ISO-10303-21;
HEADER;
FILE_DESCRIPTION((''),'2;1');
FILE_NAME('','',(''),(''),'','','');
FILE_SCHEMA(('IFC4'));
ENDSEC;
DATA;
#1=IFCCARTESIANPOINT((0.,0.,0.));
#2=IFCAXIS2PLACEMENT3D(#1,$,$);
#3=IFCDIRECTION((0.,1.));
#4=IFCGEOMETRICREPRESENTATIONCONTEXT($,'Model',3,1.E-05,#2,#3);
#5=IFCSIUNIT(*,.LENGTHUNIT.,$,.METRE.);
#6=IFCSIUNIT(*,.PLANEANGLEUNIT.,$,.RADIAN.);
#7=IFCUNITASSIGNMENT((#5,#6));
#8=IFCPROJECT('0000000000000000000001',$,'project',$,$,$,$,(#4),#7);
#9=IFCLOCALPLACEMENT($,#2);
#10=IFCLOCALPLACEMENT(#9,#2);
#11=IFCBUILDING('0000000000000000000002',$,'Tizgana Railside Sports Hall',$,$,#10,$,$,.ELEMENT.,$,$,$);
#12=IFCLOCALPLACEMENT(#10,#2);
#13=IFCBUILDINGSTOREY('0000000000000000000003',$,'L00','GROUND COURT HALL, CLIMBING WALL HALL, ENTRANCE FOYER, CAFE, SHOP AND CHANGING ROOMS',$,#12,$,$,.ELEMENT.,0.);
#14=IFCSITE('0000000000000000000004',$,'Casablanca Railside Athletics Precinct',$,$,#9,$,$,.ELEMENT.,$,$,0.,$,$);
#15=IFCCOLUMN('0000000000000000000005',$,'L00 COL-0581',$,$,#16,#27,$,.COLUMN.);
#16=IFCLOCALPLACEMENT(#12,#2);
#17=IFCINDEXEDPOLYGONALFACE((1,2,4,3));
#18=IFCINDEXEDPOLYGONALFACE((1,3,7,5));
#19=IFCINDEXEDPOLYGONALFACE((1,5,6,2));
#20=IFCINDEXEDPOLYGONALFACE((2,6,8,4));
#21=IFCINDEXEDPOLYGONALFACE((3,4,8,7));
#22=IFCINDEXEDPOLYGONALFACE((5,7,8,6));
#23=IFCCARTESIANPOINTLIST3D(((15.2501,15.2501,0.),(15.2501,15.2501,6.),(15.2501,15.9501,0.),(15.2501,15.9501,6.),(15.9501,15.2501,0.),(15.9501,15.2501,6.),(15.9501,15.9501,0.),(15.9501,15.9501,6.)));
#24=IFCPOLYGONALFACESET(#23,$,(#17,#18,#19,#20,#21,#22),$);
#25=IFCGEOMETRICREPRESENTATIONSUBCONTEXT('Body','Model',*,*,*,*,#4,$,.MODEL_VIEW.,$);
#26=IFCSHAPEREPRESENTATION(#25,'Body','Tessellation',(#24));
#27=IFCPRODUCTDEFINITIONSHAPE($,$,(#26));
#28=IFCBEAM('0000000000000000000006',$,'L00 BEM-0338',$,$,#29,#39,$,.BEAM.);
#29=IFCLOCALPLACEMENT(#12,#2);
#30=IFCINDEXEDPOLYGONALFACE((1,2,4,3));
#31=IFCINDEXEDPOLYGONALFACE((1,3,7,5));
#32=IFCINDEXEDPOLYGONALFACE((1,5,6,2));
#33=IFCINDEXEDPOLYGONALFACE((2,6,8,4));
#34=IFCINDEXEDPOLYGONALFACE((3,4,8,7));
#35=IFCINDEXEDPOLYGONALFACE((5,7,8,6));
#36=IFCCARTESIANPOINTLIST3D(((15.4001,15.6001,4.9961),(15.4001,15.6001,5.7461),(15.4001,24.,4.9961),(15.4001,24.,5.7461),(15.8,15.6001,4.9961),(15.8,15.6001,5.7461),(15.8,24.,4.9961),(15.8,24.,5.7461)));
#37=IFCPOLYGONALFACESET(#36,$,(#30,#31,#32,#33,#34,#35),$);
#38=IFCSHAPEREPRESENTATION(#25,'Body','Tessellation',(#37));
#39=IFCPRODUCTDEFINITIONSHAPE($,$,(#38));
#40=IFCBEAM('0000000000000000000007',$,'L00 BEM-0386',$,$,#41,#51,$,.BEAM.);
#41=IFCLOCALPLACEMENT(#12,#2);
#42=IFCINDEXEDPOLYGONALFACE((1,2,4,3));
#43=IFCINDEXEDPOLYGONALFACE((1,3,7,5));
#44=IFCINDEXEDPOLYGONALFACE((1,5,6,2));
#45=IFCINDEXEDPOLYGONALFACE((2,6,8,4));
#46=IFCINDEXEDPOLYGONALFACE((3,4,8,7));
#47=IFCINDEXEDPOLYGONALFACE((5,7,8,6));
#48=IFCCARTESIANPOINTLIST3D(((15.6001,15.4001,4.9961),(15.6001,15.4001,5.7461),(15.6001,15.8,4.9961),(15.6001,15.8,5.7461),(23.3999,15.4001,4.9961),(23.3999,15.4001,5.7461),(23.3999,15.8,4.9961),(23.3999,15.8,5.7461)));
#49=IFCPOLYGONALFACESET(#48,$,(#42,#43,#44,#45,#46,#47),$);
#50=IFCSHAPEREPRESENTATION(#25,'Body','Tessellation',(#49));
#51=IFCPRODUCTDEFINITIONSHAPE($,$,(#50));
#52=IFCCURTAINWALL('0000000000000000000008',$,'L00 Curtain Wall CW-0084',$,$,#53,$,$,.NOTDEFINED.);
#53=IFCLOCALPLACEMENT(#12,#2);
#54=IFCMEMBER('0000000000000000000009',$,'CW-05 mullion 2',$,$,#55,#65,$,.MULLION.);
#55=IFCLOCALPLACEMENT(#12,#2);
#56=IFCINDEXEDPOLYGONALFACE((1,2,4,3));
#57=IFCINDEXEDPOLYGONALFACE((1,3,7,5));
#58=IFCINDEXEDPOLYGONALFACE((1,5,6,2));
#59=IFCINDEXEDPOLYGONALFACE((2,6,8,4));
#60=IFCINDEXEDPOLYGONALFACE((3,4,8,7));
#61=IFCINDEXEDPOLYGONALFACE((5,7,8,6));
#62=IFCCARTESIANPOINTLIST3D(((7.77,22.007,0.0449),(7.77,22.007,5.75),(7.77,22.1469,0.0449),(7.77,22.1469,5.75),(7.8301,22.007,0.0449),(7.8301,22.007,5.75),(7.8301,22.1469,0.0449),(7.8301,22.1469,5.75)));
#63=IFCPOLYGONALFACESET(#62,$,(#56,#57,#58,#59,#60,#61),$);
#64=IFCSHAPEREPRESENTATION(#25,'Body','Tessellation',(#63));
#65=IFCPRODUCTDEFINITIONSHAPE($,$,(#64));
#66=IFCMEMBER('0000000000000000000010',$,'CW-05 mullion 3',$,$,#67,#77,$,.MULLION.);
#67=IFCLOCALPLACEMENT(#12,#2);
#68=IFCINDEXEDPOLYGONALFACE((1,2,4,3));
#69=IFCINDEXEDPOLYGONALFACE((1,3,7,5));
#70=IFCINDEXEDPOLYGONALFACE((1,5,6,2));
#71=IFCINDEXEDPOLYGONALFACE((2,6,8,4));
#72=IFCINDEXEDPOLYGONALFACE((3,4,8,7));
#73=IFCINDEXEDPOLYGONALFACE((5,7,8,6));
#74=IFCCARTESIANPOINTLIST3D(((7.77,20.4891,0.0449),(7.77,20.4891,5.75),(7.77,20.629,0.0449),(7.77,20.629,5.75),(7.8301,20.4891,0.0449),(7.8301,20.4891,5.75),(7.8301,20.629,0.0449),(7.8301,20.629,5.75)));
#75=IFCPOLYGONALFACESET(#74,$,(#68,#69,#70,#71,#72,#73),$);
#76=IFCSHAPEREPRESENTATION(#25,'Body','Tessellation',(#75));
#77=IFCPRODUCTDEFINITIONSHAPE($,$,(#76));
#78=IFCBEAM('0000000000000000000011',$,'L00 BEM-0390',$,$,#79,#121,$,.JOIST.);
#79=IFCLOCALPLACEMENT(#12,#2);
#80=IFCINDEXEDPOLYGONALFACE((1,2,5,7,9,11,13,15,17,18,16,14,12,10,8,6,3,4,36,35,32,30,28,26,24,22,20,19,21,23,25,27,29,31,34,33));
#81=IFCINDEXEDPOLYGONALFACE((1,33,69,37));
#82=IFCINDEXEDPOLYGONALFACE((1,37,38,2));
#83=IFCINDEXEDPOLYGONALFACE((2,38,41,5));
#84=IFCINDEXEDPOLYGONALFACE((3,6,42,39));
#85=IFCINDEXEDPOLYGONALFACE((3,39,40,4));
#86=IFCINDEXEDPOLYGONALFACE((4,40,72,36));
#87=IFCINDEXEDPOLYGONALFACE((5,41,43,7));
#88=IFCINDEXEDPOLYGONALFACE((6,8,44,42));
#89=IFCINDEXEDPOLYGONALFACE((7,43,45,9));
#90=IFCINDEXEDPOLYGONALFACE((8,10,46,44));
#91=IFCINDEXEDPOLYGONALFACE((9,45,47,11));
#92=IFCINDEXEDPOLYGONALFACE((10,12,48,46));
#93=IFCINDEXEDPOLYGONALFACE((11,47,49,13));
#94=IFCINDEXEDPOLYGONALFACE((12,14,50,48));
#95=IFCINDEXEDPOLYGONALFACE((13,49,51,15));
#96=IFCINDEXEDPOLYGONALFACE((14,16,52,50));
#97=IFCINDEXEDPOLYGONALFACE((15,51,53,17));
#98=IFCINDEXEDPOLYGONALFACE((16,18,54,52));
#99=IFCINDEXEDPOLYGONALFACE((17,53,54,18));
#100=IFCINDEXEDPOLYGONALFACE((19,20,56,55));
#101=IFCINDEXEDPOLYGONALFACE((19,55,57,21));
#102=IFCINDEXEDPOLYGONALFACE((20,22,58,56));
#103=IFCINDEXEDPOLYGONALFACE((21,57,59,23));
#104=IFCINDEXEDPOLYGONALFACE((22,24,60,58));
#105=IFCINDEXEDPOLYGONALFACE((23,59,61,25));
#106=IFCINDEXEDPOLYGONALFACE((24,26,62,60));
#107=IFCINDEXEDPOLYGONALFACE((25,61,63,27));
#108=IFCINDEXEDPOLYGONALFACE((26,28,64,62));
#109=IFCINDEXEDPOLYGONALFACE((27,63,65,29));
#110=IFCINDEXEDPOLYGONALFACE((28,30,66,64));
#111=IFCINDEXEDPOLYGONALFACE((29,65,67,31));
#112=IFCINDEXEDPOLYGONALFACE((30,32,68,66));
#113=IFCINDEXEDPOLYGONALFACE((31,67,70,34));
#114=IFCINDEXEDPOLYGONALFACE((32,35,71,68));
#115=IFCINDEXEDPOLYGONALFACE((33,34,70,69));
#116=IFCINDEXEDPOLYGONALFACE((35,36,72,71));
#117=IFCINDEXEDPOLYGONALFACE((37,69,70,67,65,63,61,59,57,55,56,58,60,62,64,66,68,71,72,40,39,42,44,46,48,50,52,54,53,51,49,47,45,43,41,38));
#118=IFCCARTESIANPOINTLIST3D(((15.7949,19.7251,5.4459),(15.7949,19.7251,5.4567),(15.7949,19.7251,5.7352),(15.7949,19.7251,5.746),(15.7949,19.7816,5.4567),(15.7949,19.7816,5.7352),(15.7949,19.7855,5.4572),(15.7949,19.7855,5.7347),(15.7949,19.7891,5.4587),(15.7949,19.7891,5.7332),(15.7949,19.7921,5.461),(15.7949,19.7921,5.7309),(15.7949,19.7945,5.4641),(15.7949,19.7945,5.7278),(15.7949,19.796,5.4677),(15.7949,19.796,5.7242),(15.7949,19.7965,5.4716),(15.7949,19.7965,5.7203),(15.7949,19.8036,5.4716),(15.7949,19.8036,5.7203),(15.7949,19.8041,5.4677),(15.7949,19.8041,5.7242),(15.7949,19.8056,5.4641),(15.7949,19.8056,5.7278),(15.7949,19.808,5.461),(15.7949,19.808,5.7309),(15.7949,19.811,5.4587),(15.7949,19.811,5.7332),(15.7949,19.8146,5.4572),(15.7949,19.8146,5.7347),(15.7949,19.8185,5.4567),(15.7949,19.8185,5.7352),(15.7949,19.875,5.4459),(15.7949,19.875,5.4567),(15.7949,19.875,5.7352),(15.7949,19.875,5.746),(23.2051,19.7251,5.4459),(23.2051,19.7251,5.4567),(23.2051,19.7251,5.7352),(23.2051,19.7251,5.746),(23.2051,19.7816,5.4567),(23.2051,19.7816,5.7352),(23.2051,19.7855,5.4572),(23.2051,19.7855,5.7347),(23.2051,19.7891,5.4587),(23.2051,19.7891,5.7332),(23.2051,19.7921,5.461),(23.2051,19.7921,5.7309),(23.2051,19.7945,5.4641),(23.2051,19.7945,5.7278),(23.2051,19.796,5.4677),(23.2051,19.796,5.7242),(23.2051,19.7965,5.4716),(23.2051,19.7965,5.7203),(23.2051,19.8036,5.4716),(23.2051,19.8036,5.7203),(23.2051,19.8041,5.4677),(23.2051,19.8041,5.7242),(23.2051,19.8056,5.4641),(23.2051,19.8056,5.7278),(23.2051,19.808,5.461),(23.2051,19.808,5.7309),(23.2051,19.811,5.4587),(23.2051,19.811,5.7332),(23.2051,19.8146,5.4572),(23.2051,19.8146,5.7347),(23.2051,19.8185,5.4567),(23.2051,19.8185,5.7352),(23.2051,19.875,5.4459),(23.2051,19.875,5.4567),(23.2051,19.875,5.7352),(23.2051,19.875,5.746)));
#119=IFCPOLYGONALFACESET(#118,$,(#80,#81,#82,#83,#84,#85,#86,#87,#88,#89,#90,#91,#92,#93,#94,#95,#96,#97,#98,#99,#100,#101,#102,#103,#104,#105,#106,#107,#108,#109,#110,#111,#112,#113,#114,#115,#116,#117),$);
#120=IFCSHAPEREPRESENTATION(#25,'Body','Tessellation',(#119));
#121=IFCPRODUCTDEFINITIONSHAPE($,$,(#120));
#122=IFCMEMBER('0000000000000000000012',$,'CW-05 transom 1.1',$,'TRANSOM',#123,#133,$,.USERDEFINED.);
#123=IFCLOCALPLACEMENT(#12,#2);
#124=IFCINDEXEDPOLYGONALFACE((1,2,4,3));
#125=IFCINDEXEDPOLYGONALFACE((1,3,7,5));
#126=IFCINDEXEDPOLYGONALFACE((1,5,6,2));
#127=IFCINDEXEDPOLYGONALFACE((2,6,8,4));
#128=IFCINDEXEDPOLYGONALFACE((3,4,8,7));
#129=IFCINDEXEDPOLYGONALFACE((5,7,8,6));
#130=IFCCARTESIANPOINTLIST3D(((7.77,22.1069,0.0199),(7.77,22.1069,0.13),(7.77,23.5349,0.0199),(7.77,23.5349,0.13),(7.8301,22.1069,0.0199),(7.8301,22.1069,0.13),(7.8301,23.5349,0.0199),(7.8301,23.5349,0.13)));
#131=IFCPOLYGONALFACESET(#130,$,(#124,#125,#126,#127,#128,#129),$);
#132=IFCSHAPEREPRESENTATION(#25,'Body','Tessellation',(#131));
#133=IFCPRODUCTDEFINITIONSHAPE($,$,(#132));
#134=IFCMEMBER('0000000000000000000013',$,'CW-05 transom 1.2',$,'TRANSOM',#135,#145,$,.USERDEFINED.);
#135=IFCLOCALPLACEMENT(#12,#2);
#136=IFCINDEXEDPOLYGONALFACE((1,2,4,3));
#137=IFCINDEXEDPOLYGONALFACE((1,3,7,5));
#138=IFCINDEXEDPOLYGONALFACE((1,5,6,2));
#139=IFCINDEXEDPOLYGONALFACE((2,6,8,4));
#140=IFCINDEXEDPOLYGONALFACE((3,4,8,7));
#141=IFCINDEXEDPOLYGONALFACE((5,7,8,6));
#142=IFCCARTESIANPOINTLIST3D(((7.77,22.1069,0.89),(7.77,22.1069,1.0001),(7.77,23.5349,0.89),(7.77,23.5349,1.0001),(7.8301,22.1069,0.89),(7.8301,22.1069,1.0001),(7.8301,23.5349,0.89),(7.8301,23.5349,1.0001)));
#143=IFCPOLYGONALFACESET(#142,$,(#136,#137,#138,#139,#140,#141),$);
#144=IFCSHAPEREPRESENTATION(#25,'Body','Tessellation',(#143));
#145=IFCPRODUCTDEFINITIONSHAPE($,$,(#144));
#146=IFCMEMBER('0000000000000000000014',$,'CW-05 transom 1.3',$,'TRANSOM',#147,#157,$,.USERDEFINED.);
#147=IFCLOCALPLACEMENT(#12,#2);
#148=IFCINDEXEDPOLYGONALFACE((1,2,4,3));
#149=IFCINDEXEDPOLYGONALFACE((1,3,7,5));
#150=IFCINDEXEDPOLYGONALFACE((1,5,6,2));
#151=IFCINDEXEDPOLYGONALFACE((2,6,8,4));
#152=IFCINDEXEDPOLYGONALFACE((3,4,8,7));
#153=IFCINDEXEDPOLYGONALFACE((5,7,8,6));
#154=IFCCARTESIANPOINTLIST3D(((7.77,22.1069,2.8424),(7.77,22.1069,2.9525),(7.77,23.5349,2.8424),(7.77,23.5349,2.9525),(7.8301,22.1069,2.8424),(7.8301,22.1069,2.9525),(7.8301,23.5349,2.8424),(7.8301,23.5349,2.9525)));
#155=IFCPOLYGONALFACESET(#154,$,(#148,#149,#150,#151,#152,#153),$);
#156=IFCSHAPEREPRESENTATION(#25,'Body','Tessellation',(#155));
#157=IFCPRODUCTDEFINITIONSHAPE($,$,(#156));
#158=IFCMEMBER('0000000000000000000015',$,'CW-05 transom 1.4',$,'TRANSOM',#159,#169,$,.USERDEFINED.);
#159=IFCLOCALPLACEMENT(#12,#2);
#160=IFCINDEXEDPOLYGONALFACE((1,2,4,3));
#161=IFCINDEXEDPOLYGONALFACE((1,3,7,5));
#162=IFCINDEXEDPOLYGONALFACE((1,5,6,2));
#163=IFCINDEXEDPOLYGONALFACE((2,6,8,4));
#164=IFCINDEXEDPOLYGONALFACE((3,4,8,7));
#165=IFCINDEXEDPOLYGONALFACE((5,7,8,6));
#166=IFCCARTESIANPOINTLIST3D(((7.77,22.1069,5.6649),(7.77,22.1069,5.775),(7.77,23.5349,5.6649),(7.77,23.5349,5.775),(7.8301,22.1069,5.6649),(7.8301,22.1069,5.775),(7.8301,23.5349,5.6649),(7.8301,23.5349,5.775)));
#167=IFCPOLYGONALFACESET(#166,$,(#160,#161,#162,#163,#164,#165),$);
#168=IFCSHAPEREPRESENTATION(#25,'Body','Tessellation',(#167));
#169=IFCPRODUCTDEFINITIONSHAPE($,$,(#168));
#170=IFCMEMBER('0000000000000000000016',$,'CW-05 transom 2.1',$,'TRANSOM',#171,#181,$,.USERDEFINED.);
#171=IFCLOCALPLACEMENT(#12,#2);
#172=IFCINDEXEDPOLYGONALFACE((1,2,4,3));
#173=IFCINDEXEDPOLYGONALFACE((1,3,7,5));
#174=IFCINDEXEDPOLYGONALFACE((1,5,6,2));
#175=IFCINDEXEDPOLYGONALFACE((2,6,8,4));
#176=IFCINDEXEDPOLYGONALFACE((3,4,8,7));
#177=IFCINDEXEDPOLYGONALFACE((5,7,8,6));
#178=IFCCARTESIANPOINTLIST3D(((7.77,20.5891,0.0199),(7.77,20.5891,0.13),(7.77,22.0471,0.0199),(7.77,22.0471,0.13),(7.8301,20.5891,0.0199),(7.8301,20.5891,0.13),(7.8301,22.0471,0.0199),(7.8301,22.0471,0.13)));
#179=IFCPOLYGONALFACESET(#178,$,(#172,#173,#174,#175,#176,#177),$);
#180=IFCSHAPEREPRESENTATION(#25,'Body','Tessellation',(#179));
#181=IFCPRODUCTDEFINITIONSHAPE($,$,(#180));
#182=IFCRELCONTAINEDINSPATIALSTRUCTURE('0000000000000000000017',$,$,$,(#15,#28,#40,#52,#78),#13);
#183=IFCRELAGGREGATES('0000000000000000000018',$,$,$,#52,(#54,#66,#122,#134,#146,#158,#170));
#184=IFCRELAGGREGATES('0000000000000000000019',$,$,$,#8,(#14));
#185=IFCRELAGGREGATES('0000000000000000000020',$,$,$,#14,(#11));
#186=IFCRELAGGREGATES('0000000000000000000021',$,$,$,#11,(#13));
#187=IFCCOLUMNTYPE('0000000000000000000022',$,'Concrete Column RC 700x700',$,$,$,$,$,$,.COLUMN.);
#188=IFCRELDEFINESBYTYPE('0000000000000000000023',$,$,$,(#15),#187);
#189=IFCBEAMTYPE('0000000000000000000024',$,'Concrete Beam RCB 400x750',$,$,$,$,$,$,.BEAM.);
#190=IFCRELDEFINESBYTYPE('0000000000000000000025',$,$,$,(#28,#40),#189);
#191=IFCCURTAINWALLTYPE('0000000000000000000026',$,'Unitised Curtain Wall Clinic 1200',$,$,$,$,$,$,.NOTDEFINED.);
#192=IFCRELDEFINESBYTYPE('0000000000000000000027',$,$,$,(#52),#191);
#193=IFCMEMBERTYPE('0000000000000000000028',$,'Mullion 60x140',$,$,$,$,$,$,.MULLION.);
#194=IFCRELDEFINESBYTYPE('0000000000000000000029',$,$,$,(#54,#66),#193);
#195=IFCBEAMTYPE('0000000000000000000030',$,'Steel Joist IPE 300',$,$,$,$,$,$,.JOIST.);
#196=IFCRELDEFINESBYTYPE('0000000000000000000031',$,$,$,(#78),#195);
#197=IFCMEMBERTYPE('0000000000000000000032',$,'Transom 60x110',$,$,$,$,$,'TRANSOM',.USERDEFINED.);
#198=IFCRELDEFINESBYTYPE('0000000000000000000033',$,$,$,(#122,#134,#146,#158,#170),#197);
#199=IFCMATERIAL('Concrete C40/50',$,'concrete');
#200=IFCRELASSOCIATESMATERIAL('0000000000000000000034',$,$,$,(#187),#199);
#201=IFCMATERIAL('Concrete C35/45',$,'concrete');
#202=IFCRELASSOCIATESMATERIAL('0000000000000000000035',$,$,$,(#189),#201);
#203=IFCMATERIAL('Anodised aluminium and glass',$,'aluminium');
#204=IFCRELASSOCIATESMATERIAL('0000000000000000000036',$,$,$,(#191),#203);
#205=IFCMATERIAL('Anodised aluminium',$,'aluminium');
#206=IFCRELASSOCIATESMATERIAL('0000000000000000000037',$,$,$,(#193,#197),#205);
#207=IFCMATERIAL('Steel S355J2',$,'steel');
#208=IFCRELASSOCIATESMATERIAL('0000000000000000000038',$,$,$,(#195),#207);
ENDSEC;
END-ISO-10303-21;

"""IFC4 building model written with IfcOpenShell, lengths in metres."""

from ifc_helpers import new_model, si_unit, direction, frame, origin, origin_2d, place, context, subcontext, project, spatial, rectangle, i_section, extrude, material, material_profile, profile_set, type_object, element, aggregate, save


model = new_model("IFC4")

# Units and contexts
model_context = context("Model", 3, precision=1e-05, world=origin(), true_north=direction((0.0, 1.0)))
body_context = subcontext(model_context, "Body", "Model", "MODEL_VIEW")
ifc_project = project(units=[si_unit("LENGTHUNIT", "METRE"), si_unit("PLANEANGLEUNIT", "RADIAN")], contexts=[model_context])

# Site, building, storey
site_placement = place(None, origin())
site = spatial("IfcSite", under=ifc_project, at=site_placement, Name="Casablanca Railside Athletics Precinct", CompositionType="ELEMENT", RefElevation=0.0)
building_placement = place(site_placement, origin())
building = spatial("IfcBuilding", under=site, at=building_placement, Name="Tizgana Railside Sports Hall", CompositionType="ELEMENT")
storey_placement = place(building_placement, origin())
storey = spatial("IfcBuildingStorey", under=building, at=storey_placement, Name="L00", Description="GROUND COURT HALL, CLIMBING WALL HALL, ENTRANCE FOYER, CAFE, SHOP AND CHANGING ROOMS", CompositionType="ELEMENT", Elevation=0.0)

# Column
ifc_material_1 = material(Name="Concrete C40/50", Category="concrete")
ifc_material_profile_1 = material_profile(ifc_material_1, rectangle(XDim=0.7, YDim=0.7, at=origin_2d()), Name="RC 700x700")
ifc_profile_set_1 = profile_set([ifc_material_profile_1], Name="Concrete C40/50")
column_type = type_object("IfcColumnType", Name="Concrete Column RC 700x700", PredefinedType="COLUMN", material=ifc_profile_set_1)
column_placement = place(storey_placement, frame((15.6001, 15.6001, 0.0), z_axis=(0.0, 0.0, 1.0), x_axis=(1.0, 0.0, 0.0)))
element("IfcColumn", 1, at=column_placement, inside=storey, type_object=column_type, Name="L00 COL-0581", PredefinedType="COLUMN", context=body_context, shape_type="SweptSolid", body=[
    extrude(rectangle(XDim=0.7, YDim=0.7, at=origin_2d()), origin(), (0.0, 0.0, 1.0), 6.0),
])

# Beams
ifc_material_2 = material(Name="Concrete C35/45", Category="concrete")
ifc_material_profile_2 = material_profile(ifc_material_2, rectangle(XDim=0.3999, YDim=0.75, at=origin_2d()), Name="RCB 400x750")
ifc_profile_set_2 = profile_set([ifc_material_profile_2], Name="Concrete C35/45")
beam_type_1 = type_object("IfcBeamType", Name="Concrete Beam RCB 400x750", PredefinedType="BEAM", material=ifc_profile_set_2)
beam_1_placement = place(storey_placement, frame((15.6001, 15.6001, 5.3711), z_axis=(0.0, 1.0, 0.0), x_axis=(-1.0, 0.0, 0.0)))
element("IfcBeam", 2, at=beam_1_placement, inside=storey, type_object=beam_type_1, Name="L00 BEM-0338", PredefinedType="BEAM", context=body_context, shape_type="SweptSolid", body=[
    extrude(rectangle(XDim=0.3999, YDim=0.75, at=origin_2d()), origin(), (0.0, 0.0, 1.0), 8.3999),
])
beam_2_placement = place(storey_placement, frame((15.6001, 15.6001, 5.3711), z_axis=(1.0, 0.0, 0.0), x_axis=(0.0, 1.0, 0.0)))
element("IfcBeam", 3, at=beam_2_placement, inside=storey, type_object=beam_type_1, Name="L00 BEM-0386", PredefinedType="BEAM", context=body_context, shape_type="SweptSolid", body=[
    extrude(rectangle(XDim=0.3999, YDim=0.75, at=origin_2d()), origin(), (0.0, 0.0, 1.0), 7.7998),
])

# Curtain wall, members
ifc_material_3 = material(Name="Anodised aluminium and glass", Category="aluminium")
curtain_wall_type = type_object("IfcCurtainWallType", Name="Unitised Curtain Wall Clinic 1200", PredefinedType="NOTDEFINED", material=ifc_material_3)
curtain_wall_placement = place(storey_placement, origin())
curtain_wall = element("IfcCurtainWall", 4, at=curtain_wall_placement, inside=storey, type_object=curtain_wall_type, Name="L00 Curtain Wall CW-0084", PredefinedType="NOTDEFINED")
ifc_material_4 = material(Name="Anodised aluminium", Category="aluminium")
ifc_material_profile_3 = material_profile(ifc_material_4, rectangle(XDim=0.0601, YDim=0.1399, at=origin_2d()), Name="Mullion 60x140")
ifc_profile_set_3 = profile_set([ifc_material_profile_3], Name="Anodised aluminium")
member_type_1 = type_object("IfcMemberType", Name="Mullion 60x140", PredefinedType="MULLION", material=ifc_profile_set_3)
member_1_placement = place(storey_placement, frame((7.8, 22.0769, 0.0449), z_axis=(0.0, 0.0, 1.0), x_axis=(1.0, 0.0, 0.0)))
member_1 = element("IfcMember", 5, at=member_1_placement, type_object=member_type_1, Name="CW-05 mullion 2", PredefinedType="MULLION", context=body_context, shape_type="SweptSolid", body=[
    extrude(rectangle(XDim=0.0601, YDim=0.1399, at=origin_2d()), origin(), (0.0, 0.0, 1.0), 5.7051),
])
member_2_placement = place(storey_placement, frame((7.8, 20.5591, 0.0449), z_axis=(0.0, 0.0, 1.0), x_axis=(1.0, 0.0, 0.0)))
member_2 = element("IfcMember", 6, at=member_2_placement, type_object=member_type_1, Name="CW-05 mullion 3", PredefinedType="MULLION", context=body_context, shape_type="SweptSolid", body=[
    extrude(rectangle(XDim=0.0601, YDim=0.1399, at=origin_2d()), origin(), (0.0, 0.0, 1.0), 5.7051),
])

# Beam
ifc_material_5 = material(Name="Steel S355J2", Category="steel")
ifc_material_profile_4 = material_profile(ifc_material_5, i_section(OverallWidth=0.1499, OverallDepth=0.3, WebThickness=0.0071, FlangeThickness=0.0107, FilletRadius=0.0149, at=origin_2d()), Name="IPE 300")
ifc_profile_set_4 = profile_set([ifc_material_profile_4], Name="Steel S355J2")
beam_type_2 = type_object("IfcBeamType", Name="Steel Joist IPE 300", PredefinedType="JOIST", material=ifc_profile_set_4)
beam_3_placement = place(storey_placement, frame((15.7949, 19.8, 5.5959), z_axis=(1.0, 0.0, 0.0), x_axis=(0.0, 1.0, 0.0)))
element("IfcBeam", 7, at=beam_3_placement, inside=storey, type_object=beam_type_2, Name="L00 BEM-0390", PredefinedType="JOIST", context=body_context, shape_type="SweptSolid", body=[
    extrude(i_section(OverallWidth=0.1499, OverallDepth=0.3, WebThickness=0.0071, FlangeThickness=0.0107, FilletRadius=0.0149, at=origin_2d()), origin(), (0.0, 0.0, 1.0), 7.4102),
])

# Members
ifc_material_profile_5 = material_profile(ifc_material_4, rectangle(XDim=0.0601, YDim=0.1101, at=origin_2d()), Name="Transom 60x110")
ifc_profile_set_5 = profile_set([ifc_material_profile_5], Name="Anodised aluminium")
member_type_2 = type_object("IfcMemberType", Name="Transom 60x110", ElementType="TRANSOM", PredefinedType="USERDEFINED", material=ifc_profile_set_5)
member_3_placement = place(storey_placement, frame((7.8, 23.5349, 0.075), z_axis=(0.0, -1.0, 0.0), x_axis=(1.0, 0.0, 0.0)))
member_3 = element("IfcMember", 8, at=member_3_placement, type_object=member_type_2, Name="CW-05 transom 1.1", ObjectType="TRANSOM", PredefinedType="USERDEFINED", context=body_context, shape_type="SweptSolid", body=[
    extrude(rectangle(XDim=0.0601, YDim=0.1101, at=origin_2d()), origin(), (0.0, 0.0, 1.0), 1.428),
])
member_4_placement = place(storey_placement, frame((7.8, 23.5349, 0.9451), z_axis=(0.0, -1.0, 0.0), x_axis=(1.0, 0.0, 0.0)))
member_4 = element("IfcMember", 9, at=member_4_placement, type_object=member_type_2, Name="CW-05 transom 1.2", ObjectType="TRANSOM", PredefinedType="USERDEFINED", context=body_context, shape_type="SweptSolid", body=[
    extrude(rectangle(XDim=0.0601, YDim=0.1101, at=origin_2d()), origin(), (0.0, 0.0, 1.0), 1.428),
])
member_5_placement = place(storey_placement, frame((7.8, 23.5349, 2.8975), z_axis=(0.0, -1.0, 0.0), x_axis=(1.0, 0.0, 0.0)))
member_5 = element("IfcMember", 10, at=member_5_placement, type_object=member_type_2, Name="CW-05 transom 1.3", ObjectType="TRANSOM", PredefinedType="USERDEFINED", context=body_context, shape_type="SweptSolid", body=[
    extrude(rectangle(XDim=0.0601, YDim=0.1101, at=origin_2d()), origin(), (0.0, 0.0, 1.0), 1.428),
])
member_6_placement = place(storey_placement, frame((7.8, 23.5349, 5.72), z_axis=(0.0, -1.0, 0.0), x_axis=(1.0, 0.0, 0.0)))
member_6 = element("IfcMember", 11, at=member_6_placement, type_object=member_type_2, Name="CW-05 transom 1.4", ObjectType="TRANSOM", PredefinedType="USERDEFINED", context=body_context, shape_type="SweptSolid", body=[
    extrude(rectangle(XDim=0.0601, YDim=0.1101, at=origin_2d()), origin(), (0.0, 0.0, 1.0), 1.428),
])
member_7_placement = place(storey_placement, frame((7.8, 22.0471, 0.075), z_axis=(0.0, -1.0, 0.0), x_axis=(1.0, 0.0, 0.0)))
member_7 = element("IfcMember", 12, at=member_7_placement, type_object=member_type_2, Name="CW-05 transom 2.1", ObjectType="TRANSOM", PredefinedType="USERDEFINED", context=body_context, shape_type="SweptSolid", body=[
    extrude(rectangle(XDim=0.0601, YDim=0.1101, at=origin_2d()), origin(), (0.0, 0.0, 1.0), 1.458),
])

aggregate(curtain_wall, [member_1, member_2, member_3, member_4, member_5, member_6, member_7])

save(model, "model.ifc")
